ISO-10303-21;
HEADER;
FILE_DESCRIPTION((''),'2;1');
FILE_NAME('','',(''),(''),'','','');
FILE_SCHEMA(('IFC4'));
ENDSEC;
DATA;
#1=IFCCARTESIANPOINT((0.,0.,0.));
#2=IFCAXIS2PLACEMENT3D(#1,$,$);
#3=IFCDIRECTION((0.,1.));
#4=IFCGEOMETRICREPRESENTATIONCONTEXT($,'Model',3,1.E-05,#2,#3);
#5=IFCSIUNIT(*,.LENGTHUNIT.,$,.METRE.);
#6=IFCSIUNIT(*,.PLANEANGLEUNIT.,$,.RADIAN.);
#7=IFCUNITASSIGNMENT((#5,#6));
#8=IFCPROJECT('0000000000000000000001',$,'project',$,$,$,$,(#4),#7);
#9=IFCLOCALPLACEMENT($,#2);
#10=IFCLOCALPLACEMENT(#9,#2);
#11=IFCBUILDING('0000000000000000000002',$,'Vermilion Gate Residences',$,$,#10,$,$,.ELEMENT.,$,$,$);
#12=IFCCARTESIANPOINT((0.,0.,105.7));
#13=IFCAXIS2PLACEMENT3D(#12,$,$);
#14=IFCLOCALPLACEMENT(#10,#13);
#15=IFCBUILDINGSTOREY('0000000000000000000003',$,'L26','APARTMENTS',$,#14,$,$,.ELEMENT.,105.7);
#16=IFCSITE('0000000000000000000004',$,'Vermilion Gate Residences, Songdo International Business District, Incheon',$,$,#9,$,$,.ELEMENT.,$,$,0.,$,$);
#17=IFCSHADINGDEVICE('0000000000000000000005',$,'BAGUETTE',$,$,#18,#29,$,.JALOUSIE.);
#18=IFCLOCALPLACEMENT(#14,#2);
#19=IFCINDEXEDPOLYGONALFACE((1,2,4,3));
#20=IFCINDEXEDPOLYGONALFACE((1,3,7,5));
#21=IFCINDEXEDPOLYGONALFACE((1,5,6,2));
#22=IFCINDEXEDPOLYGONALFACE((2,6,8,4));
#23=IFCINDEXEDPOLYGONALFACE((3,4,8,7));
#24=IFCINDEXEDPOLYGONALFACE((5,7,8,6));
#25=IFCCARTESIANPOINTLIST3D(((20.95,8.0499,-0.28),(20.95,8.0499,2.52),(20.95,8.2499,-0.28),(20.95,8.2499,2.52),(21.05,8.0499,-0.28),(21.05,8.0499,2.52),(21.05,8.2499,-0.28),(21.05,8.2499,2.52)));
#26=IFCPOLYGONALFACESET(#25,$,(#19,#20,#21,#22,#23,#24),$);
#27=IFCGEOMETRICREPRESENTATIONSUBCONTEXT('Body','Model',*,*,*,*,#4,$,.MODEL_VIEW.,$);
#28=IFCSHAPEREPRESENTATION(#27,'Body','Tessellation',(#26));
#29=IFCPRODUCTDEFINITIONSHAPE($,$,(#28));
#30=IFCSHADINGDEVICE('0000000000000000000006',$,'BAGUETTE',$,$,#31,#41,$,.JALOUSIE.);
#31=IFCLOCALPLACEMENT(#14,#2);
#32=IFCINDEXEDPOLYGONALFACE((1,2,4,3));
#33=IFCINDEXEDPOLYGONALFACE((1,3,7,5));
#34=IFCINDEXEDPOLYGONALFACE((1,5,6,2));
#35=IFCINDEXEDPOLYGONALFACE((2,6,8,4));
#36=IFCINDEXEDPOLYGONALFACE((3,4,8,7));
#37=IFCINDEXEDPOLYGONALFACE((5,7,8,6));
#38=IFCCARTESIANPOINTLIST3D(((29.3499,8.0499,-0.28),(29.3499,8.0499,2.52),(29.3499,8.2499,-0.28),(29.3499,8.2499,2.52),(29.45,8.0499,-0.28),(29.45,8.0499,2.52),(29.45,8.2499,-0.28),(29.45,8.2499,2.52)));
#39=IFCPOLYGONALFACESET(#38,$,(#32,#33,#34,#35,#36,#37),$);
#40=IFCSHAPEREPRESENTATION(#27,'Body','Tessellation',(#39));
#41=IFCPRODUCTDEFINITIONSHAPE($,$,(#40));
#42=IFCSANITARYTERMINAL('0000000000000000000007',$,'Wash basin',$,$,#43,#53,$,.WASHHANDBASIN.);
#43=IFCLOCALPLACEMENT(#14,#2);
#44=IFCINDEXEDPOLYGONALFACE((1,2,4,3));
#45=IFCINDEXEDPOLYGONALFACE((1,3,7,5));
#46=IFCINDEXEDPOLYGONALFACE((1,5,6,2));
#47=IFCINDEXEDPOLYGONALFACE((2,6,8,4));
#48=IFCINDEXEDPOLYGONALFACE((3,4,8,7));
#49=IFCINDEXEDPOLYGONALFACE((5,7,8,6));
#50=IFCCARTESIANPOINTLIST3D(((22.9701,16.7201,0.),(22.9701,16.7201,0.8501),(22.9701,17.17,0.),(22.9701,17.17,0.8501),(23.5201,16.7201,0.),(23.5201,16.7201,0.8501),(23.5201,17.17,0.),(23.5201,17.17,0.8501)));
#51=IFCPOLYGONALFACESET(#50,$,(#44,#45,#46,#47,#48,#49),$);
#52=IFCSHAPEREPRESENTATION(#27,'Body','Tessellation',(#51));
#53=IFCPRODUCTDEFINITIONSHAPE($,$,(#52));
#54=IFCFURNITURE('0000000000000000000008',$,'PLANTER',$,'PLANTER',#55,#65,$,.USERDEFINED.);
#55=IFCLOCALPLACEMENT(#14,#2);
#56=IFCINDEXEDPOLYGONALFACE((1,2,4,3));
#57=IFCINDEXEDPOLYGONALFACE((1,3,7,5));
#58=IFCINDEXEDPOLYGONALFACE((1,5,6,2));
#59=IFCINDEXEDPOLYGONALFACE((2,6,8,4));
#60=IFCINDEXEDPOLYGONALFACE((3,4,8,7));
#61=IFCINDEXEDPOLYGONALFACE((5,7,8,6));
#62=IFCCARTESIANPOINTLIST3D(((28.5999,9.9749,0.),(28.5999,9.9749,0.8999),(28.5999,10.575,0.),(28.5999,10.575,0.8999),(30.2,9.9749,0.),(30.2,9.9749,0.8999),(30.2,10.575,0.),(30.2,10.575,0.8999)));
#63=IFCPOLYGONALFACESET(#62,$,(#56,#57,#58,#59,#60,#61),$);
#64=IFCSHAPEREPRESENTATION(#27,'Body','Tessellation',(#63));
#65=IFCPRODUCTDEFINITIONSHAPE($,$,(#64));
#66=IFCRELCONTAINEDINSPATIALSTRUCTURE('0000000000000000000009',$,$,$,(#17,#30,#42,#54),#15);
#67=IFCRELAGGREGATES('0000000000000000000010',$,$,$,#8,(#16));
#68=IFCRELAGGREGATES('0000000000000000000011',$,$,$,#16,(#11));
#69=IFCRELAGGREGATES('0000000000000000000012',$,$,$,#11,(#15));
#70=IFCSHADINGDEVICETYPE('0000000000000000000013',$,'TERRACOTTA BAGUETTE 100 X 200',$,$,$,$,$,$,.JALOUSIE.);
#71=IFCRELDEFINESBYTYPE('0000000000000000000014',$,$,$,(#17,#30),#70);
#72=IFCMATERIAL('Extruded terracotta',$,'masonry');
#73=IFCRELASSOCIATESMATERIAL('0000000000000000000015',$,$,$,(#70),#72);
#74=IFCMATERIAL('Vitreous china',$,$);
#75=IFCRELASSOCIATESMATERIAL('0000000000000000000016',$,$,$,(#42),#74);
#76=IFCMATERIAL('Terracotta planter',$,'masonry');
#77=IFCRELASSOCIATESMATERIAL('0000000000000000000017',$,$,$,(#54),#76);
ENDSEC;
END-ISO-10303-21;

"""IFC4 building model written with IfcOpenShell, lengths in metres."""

from ifc_helpers import new_model, si_unit, direction, frame, origin, origin_2d, place, context, subcontext, project, spatial, rectangle, extrude, material, material_profile, profile_set, type_object, element, save


model = new_model("IFC4")

# Units and contexts
model_context = context("Model", 3, precision=1e-05, world=origin(), true_north=direction((0.0, 1.0)))
body_context = subcontext(model_context, "Body", "Model", "MODEL_VIEW")
ifc_project = project(units=[si_unit("LENGTHUNIT", "METRE"), si_unit("PLANEANGLEUNIT", "RADIAN")], contexts=[model_context])

# Site, building, storey
site_placement = place(None, origin())
site = spatial("IfcSite", under=ifc_project, at=site_placement, Name="Vermilion Gate Residences, Songdo International Business District, Incheon", CompositionType="ELEMENT", RefElevation=0.0)
building_placement = place(site_placement, origin())
building = spatial("IfcBuilding", under=site, at=building_placement, Name="Vermilion Gate Residences", CompositionType="ELEMENT")
storey_placement = place(building_placement, frame((0.0, 0.0, 105.7)))
storey = spatial("IfcBuildingStorey", under=building, at=storey_placement, Name="L26", Description="APARTMENTS", CompositionType="ELEMENT", Elevation=105.7)

# Shading devices
ifc_material_1 = material(Name="Extruded terracotta", Category="masonry")
ifc_material_profile_1 = material_profile(ifc_material_1, rectangle(XDim=0.2, YDim=0.1001, at=origin_2d()), Name="BAGUETTE 100 X 200")
ifc_profile_set_1 = profile_set([ifc_material_profile_1], Name="Extruded terracotta")
shading_device_type = type_object("IfcShadingDeviceType", Name="TERRACOTTA BAGUETTE 100 X 200", PredefinedType="JALOUSIE", material=ifc_profile_set_1)
for number, where, z_axis, x_axis, name in (
    (1, (21.0, 8.1499, -0.28), (0.0, 0.0, 1.0), (0.0, 1.0, 0.0), "BAGUETTE"),
    (2, (29.3999, 8.1499, -0.28), (0.0, 0.0, 1.0), (0.0, 1.0, 0.0), "BAGUETTE"),
):
    element("IfcShadingDevice", number, at=place(storey_placement, frame(where, z_axis=z_axis, x_axis=x_axis)), inside=storey, type_object=shading_device_type, Name=name, PredefinedType="JALOUSIE", context=body_context, shape_type="SweptSolid", body=[
        extrude(rectangle(XDim=0.2, YDim=0.1001, at=origin_2d()), origin(), (0.0, 0.0, 1.0), 2.8),
    ])

# Sanitary terminal
ifc_material_2 = material(Name="Vitreous china")
sanitary_terminal_placement = place(storey_placement, frame((23.2451, 16.9451, 0.0), z_axis=(0.0, 0.0, 1.0), x_axis=(1.0, 0.0, 0.0)))
element("IfcSanitaryTerminal", 3, at=sanitary_terminal_placement, inside=storey, material=ifc_material_2, Name="Wash basin", PredefinedType="WASHHANDBASIN", context=body_context, shape_type="SweptSolid", body=[
    extrude(rectangle(XDim=0.55, YDim=0.45, at=origin_2d()), origin(), (0.0, 0.0, 1.0), 0.8501),
])

# Furniture
ifc_material_3 = material(Name="Terracotta planter", Category="masonry")
furniture_placement = place(storey_placement, frame((29.3999, 10.2749, 0.0), z_axis=(0.0, 0.0, 1.0), x_axis=(1.0, 0.0, 0.0)))
element("IfcFurniture", 4, at=furniture_placement, inside=storey, material=ifc_material_3, Name="PLANTER", ObjectType="PLANTER", PredefinedType="USERDEFINED", context=body_context, shape_type="SweptSolid", body=[
    extrude(rectangle(XDim=1.6001, YDim=0.6001, at=origin_2d()), origin(), (0.0, 0.0, 1.0), 0.8999),
])

save(model, "model.ifc")
